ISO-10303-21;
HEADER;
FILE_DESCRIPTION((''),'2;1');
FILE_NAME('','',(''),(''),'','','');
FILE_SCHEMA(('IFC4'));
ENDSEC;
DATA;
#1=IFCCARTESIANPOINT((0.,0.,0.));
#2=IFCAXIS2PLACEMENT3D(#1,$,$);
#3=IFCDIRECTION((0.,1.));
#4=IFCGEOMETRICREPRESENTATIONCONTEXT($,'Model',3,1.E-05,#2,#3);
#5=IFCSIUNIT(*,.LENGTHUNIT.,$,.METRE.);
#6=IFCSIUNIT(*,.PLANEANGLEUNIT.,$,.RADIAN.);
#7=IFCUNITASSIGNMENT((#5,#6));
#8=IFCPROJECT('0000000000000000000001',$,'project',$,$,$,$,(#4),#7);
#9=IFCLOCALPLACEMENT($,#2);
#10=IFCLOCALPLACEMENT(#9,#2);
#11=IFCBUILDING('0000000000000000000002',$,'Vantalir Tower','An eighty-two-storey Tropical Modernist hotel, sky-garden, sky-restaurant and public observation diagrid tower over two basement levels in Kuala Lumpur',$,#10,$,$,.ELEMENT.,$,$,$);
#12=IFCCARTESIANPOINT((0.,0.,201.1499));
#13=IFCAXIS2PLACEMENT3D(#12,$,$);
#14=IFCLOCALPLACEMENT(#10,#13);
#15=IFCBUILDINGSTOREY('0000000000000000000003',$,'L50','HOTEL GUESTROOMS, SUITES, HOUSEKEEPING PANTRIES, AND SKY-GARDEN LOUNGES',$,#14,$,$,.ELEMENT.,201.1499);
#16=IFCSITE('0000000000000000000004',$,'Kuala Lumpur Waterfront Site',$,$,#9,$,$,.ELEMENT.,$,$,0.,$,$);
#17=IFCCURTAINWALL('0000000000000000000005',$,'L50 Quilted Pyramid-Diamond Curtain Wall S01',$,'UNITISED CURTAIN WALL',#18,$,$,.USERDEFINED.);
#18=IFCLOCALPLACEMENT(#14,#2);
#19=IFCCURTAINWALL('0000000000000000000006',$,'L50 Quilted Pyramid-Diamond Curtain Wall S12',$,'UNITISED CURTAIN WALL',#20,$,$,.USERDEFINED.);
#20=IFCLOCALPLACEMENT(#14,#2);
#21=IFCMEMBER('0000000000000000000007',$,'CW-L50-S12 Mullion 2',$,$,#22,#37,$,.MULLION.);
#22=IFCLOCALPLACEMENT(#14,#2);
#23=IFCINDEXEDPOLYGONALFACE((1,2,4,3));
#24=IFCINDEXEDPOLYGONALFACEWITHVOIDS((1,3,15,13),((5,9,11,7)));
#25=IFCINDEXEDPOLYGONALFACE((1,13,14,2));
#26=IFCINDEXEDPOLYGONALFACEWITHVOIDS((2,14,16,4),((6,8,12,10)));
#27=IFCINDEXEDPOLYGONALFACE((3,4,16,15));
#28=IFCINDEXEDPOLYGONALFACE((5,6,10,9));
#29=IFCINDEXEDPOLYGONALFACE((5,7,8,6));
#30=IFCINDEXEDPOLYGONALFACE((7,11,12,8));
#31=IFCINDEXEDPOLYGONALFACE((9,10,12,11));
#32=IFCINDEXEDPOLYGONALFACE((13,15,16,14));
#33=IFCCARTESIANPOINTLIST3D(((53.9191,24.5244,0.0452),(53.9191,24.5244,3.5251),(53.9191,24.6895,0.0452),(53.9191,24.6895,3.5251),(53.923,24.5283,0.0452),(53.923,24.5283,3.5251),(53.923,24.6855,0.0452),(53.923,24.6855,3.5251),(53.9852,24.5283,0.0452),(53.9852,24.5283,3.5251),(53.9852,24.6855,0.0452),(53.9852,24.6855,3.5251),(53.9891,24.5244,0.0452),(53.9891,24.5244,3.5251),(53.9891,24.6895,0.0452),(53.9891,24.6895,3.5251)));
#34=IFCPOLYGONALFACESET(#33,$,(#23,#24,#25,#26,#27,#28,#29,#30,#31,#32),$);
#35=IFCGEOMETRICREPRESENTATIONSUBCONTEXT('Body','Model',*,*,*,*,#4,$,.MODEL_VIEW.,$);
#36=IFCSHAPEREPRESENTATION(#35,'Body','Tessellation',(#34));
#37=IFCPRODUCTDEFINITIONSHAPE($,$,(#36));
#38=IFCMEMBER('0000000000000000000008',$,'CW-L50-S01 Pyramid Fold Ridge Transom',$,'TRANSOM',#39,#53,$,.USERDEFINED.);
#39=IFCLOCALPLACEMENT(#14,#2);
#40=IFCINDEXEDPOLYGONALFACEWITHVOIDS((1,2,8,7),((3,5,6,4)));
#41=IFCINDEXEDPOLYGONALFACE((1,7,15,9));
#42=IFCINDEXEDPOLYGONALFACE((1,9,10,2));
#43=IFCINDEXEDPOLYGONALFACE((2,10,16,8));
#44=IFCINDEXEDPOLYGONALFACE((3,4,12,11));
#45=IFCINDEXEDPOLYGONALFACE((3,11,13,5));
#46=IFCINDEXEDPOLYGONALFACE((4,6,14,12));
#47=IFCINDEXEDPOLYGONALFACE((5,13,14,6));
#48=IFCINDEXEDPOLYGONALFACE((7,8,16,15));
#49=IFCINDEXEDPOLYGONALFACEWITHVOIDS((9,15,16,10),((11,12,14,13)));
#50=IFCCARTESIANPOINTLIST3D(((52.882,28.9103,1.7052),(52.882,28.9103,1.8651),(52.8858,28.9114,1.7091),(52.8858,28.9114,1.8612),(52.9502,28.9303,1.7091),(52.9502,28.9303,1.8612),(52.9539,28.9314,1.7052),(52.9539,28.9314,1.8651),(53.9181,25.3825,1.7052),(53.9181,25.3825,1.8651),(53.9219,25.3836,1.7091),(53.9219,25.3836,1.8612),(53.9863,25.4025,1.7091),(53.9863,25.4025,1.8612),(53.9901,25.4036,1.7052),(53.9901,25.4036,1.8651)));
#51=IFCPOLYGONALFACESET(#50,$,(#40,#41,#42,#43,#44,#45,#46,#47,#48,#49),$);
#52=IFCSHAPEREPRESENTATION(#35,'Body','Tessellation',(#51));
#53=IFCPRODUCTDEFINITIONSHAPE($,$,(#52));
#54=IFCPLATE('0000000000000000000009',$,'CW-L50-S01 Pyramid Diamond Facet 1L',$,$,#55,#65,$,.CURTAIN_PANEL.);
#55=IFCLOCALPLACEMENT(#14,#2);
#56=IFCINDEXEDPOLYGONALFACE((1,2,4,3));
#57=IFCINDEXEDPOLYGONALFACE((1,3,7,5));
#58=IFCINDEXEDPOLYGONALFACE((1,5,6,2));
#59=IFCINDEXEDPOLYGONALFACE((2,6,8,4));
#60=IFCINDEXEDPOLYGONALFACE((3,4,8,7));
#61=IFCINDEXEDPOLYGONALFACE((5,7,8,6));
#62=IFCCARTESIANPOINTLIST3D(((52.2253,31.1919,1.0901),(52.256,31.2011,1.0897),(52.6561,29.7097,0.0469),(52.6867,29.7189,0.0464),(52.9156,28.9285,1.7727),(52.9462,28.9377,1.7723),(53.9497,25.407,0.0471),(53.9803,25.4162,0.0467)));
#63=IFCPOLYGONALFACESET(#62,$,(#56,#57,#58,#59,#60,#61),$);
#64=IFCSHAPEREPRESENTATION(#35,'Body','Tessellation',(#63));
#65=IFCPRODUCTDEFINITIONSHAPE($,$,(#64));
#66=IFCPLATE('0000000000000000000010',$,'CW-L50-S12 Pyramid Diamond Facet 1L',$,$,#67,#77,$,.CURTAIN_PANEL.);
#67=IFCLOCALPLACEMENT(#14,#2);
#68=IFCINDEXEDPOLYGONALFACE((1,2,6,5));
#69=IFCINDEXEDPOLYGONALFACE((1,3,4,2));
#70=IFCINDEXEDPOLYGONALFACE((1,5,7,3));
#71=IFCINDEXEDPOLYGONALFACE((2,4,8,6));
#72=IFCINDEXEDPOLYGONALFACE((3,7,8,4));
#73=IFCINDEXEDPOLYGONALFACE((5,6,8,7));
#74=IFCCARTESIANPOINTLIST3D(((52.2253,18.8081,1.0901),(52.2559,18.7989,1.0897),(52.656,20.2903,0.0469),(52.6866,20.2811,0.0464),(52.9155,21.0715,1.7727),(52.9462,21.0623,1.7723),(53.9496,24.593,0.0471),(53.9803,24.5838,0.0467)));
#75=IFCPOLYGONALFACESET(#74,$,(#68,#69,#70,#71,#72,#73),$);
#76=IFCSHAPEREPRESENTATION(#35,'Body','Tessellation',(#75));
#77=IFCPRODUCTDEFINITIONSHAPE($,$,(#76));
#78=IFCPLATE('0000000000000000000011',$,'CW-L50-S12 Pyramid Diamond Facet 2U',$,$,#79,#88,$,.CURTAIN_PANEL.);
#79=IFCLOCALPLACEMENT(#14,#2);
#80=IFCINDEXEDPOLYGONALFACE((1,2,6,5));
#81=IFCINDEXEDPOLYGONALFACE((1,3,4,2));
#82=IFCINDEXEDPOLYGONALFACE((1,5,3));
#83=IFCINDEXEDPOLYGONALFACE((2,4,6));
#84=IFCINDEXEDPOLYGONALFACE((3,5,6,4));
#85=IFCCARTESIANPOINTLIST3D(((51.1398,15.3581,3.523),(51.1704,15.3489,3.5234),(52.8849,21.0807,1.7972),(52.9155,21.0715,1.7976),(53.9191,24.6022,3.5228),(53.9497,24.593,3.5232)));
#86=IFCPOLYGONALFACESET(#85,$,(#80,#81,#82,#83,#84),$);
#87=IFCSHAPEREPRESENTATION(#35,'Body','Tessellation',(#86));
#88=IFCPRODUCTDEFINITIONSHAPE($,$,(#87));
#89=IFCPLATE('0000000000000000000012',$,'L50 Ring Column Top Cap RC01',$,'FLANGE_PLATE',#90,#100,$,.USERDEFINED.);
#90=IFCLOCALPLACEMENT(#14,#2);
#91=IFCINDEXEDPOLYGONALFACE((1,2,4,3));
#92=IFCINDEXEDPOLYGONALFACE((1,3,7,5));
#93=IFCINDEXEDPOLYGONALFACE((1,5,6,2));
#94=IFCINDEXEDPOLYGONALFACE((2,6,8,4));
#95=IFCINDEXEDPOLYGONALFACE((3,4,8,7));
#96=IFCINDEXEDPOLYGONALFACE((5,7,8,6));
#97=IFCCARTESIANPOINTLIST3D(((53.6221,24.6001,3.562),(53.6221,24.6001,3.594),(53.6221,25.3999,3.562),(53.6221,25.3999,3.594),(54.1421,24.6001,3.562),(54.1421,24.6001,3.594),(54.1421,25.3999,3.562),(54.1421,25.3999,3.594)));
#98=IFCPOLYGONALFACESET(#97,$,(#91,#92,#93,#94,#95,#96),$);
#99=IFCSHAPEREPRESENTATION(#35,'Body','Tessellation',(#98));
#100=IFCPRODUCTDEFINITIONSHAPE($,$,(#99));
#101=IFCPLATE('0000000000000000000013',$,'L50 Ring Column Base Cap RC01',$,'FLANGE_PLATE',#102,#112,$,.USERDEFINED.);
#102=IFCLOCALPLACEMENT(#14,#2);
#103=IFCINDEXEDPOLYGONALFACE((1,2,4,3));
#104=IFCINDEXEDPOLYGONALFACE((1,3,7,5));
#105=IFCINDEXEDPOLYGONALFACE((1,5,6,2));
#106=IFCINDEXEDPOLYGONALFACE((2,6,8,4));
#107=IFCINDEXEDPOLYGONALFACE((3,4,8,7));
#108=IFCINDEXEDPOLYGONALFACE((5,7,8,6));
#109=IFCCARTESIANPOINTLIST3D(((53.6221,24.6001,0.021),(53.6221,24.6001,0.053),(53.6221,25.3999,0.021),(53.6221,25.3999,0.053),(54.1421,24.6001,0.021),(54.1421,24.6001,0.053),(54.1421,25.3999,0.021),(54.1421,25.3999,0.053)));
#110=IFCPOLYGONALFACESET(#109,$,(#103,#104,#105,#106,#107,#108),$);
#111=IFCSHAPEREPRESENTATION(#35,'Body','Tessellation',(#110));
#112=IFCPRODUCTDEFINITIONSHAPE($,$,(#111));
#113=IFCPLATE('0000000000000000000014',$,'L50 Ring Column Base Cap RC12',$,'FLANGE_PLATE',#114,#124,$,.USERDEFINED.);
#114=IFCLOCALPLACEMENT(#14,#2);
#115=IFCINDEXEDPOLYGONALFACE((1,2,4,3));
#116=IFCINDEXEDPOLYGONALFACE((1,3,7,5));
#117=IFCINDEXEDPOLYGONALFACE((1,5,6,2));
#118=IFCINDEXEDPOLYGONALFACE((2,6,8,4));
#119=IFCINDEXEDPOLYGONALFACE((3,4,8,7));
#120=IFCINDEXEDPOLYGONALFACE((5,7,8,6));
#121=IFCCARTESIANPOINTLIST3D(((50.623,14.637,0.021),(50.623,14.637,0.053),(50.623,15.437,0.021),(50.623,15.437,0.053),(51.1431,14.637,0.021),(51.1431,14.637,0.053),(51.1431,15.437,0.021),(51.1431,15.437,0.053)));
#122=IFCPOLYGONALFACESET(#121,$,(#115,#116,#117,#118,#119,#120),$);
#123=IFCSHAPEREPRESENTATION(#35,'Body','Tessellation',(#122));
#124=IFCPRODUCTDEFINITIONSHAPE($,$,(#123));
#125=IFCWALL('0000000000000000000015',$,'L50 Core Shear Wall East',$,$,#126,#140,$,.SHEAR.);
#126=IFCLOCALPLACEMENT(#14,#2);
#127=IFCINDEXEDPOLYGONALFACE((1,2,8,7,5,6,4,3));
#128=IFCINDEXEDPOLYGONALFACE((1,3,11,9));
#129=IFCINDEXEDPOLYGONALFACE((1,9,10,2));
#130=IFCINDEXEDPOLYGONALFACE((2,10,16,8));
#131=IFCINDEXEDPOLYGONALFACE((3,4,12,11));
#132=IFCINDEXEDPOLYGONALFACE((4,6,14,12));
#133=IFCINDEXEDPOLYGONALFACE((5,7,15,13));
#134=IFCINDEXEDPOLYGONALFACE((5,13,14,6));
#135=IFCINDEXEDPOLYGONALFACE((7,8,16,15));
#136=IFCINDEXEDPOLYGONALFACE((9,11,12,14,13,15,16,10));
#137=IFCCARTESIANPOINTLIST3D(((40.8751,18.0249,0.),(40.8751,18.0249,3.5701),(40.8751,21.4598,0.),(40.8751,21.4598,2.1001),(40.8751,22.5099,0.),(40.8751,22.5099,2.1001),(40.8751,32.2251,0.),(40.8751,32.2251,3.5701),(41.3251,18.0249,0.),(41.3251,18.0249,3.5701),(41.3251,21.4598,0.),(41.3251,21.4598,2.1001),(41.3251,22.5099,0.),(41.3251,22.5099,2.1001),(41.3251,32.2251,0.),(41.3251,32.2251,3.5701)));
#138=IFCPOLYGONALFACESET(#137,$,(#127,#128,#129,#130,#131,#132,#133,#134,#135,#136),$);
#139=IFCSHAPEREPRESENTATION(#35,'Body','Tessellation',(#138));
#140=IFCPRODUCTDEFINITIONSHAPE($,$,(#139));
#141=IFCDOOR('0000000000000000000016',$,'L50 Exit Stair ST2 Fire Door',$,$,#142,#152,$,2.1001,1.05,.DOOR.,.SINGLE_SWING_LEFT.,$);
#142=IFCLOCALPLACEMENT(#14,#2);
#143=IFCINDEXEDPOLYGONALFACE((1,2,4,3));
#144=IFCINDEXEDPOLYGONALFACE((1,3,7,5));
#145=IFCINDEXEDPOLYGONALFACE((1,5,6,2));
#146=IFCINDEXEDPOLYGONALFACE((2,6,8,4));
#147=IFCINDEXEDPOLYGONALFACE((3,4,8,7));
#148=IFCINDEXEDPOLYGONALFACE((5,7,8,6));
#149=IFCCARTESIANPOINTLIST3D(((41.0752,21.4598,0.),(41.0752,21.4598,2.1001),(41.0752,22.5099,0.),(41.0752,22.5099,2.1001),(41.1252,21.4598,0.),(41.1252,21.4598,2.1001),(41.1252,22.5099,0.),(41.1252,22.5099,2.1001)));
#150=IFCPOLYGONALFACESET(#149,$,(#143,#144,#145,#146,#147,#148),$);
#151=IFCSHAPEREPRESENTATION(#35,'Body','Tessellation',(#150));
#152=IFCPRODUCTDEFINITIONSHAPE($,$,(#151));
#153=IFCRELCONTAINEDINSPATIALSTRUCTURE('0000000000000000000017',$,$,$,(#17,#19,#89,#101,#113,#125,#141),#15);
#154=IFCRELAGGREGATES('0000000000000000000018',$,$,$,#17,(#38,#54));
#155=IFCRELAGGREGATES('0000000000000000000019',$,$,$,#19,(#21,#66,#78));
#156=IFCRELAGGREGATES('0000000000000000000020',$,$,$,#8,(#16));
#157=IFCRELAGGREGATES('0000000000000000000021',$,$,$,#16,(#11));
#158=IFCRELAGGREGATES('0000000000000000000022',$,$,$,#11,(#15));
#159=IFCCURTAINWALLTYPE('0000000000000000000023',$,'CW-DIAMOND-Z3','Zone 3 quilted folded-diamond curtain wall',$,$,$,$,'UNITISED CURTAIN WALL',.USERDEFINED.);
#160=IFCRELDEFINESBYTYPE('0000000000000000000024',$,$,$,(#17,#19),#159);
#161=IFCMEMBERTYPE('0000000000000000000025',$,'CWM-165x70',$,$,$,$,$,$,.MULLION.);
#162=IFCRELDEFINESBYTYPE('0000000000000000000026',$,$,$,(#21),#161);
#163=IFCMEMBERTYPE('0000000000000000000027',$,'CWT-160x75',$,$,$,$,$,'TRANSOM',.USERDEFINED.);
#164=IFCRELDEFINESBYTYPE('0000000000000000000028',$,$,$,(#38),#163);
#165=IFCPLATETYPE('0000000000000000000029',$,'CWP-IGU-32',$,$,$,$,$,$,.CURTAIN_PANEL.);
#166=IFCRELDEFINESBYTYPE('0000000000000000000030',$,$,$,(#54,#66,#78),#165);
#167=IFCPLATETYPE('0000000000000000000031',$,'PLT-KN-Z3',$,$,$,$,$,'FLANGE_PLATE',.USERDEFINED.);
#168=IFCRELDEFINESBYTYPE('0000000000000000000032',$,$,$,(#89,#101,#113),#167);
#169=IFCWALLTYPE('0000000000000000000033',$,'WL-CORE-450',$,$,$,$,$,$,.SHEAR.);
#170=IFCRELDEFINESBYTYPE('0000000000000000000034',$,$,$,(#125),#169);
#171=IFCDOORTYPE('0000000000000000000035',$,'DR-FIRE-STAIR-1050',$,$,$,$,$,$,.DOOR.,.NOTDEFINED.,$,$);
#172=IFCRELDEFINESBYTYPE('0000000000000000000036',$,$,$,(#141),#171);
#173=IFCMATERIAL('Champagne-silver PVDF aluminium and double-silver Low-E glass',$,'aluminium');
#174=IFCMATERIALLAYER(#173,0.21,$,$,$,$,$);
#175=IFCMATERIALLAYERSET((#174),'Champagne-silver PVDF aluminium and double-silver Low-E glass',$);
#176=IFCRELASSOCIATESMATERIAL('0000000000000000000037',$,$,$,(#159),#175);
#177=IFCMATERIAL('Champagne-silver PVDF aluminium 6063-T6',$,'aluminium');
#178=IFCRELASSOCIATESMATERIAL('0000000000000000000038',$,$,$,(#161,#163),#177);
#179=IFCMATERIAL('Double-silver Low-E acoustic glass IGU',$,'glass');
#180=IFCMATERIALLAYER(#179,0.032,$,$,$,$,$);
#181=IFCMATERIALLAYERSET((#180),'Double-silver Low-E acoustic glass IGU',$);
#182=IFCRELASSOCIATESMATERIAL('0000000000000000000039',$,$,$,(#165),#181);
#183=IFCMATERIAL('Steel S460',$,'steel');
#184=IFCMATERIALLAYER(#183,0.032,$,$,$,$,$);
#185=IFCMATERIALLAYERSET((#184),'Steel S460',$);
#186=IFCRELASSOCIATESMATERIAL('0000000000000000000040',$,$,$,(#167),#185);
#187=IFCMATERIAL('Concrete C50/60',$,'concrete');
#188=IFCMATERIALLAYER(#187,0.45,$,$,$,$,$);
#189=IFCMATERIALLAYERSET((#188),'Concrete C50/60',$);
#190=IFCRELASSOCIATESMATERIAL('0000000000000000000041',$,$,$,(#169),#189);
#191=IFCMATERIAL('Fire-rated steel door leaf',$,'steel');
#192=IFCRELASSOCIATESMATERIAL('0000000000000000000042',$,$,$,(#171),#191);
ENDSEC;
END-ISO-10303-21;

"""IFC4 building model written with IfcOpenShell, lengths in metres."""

from ifc_helpers import new_model, si_unit, direction, frame, frame_2d, origin, origin_2d, place, context, subcontext, project, spatial, polyline, rectangle, hollow_rectangle, outline, extrude, material, layer, layer_set, material_profile, profile_set, type_object, element, fill, aggregate, save


model = new_model("IFC4")

# Units and contexts
model_context = context("Model", 3, precision=1e-05, world=origin(), true_north=direction((0.0, 1.0)))
body_context = subcontext(model_context, "Body", "Model", "MODEL_VIEW")
ifc_project = project(units=[si_unit("LENGTHUNIT", "METRE"), si_unit("PLANEANGLEUNIT", "RADIAN")], contexts=[model_context])

# Site, building, storey
site_placement = place(None, origin())
site = spatial("IfcSite", under=ifc_project, at=site_placement, Name="Kuala Lumpur Waterfront Site", CompositionType="ELEMENT", RefElevation=0.0)
building_placement = place(site_placement, origin())
building = spatial("IfcBuilding", under=site, at=building_placement, Name="Vantalir Tower", Description="An eighty-two-storey Tropical Modernist hotel, sky-garden, sky-restaurant and public observation diagrid tower over two basement levels in Kuala Lumpur", CompositionType="ELEMENT")
storey_placement = place(building_placement, frame((0.0, 0.0, 201.1499)))
storey = spatial("IfcBuildingStorey", under=building, at=storey_placement, Name="L50", Description="HOTEL GUESTROOMS, SUITES, HOUSEKEEPING PANTRIES, AND SKY-GARDEN LOUNGES", CompositionType="ELEMENT", Elevation=201.1499)

# Shared definitions
ifc_material_1 = material(Name="Concrete C50/60", Category="concrete")
ifc_material_2 = material(Name="Steel S460", Category="steel")

# Curtain walls, member
ifc_material_3 = material(Name="Champagne-silver PVDF aluminium and double-silver Low-E glass", Category="aluminium")
ifc_layer_1 = layer(ifc_material_3, 0.21)
ifc_layer_set_1 = layer_set([ifc_layer_1], Name="Champagne-silver PVDF aluminium and double-silver Low-E glass")
curtain_wall_type = type_object("IfcCurtainWallType", Name="CW-DIAMOND-Z3", Description="Zone 3 quilted folded-diamond curtain wall", ElementType="UNITISED CURTAIN WALL", PredefinedType="USERDEFINED", material=ifc_layer_set_1)
curtain_wall_1_placement = place(storey_placement, origin())
curtain_wall_1 = element("IfcCurtainWall", 1, at=curtain_wall_1_placement, inside=storey, type_object=curtain_wall_type, Name="L50 Quilted Pyramid-Diamond Curtain Wall S01", ObjectType="UNITISED CURTAIN WALL", PredefinedType="USERDEFINED")
ifc_material_4 = material(Name="Champagne-silver PVDF aluminium 6063-T6", Category="aluminium")
ifc_material_profile_1 = material_profile(ifc_material_4, hollow_rectangle(XDim=0.0701, YDim=0.165, WallThickness=0.0039, at=origin_2d()), Name="Champagne-silver PVDF aluminium 6063-T6")
ifc_profile_set_1 = profile_set([ifc_material_profile_1], Name="Champagne-silver PVDF aluminium 6063-T6")
member_type_1 = type_object("IfcMemberType", Name="CWM-165x70", PredefinedType="MULLION", material=ifc_profile_set_1)
curtain_wall_2_placement = place(storey_placement, origin())
curtain_wall_2 = element("IfcCurtainWall", 2, at=curtain_wall_2_placement, inside=storey, type_object=curtain_wall_type, Name="L50 Quilted Pyramid-Diamond Curtain Wall S12", ObjectType="UNITISED CURTAIN WALL", PredefinedType="USERDEFINED")
member_1_placement = place(storey_placement, frame((53.9541, 24.6069, 0.0452), z_axis=(0.0, 0.0, 1.0), x_axis=(1.0, 0.0, 0.0)))
member_1 = element("IfcMember", 3, at=member_1_placement, type_object=member_type_1, Name="CW-L50-S12 Mullion 2", PredefinedType="MULLION", context=body_context, shape_type="SweptSolid", body=[
    extrude(hollow_rectangle(XDim=0.0701, YDim=0.165, WallThickness=0.0039, at=origin_2d()), origin(), (0.0, 0.0, 1.0), 3.48),
])

# Member
ifc_material_profile_2 = material_profile(ifc_material_4, hollow_rectangle(XDim=0.075, YDim=0.1599, WallThickness=0.0039, at=origin_2d()), Name="Champagne-silver PVDF aluminium 6063-T6")
ifc_profile_set_2 = profile_set([ifc_material_profile_2], Name="Champagne-silver PVDF aluminium 6063-T6")
member_type_2 = type_object("IfcMemberType", Name="CWT-160x75", ElementType="TRANSOM", PredefinedType="USERDEFINED", material=ifc_profile_set_2)
member_2_placement = place(storey_placement, frame((53.9541, 25.3931, 1.7852), z_axis=(-0.2818, 0.959473, 0.0), x_axis=(-0.959473, -0.2818, 0.0)))
member_2 = element("IfcMember", 4, at=member_2_placement, type_object=member_type_2, Name="CW-L50-S01 Pyramid Fold Ridge Transom", ObjectType="TRANSOM", PredefinedType="USERDEFINED", context=body_context, shape_type="SweptSolid", body=[
    extrude(hollow_rectangle(XDim=0.075, YDim=0.1599, WallThickness=0.0039, at=origin_2d()), origin(), (0.0, 0.0, 1.0), 3.6768),
])

# Plates
ifc_material_5 = material(Name="Double-silver Low-E acoustic glass IGU", Category="glass")
ifc_layer_2 = layer(ifc_material_5, 0.032)
ifc_layer_set_2 = layer_set([ifc_layer_2], Name="Double-silver Low-E acoustic glass IGU")
plate_type_1 = type_object("IfcPlateType", Name="CWP-IGU-32", PredefinedType="CURTAIN_PANEL", material=ifc_layer_set_2)
plate_1_placement = place(storey_placement, frame((53.9497, 25.407, 0.0471), z_axis=(-0.957564, -0.287895, 0.013669), x_axis=(-0.287923, 0.957654, -0.000055)))
plate_1 = element("IfcPlate", 5, at=plate_1_placement, type_object=plate_type_1, Name="CW-L50-S01 Pyramid Diamond Facet 1L", PredefinedType="CURTAIN_PANEL", context=body_context, shape_type="SweptSolid", body=[
    extrude(outline(polyline([(0.0, 0.0), (4.493, 0.0), (6.0364, -1.0434), (3.67, -1.7259), (0.0, 0.0)])), origin(), (0.0, 0.0, -1.0), 0.032),
])
aggregate(curtain_wall_1, [member_2, plate_1])
plate_2_placement = place(storey_placement, frame((52.656, 20.2903, 0.0469), z_axis=(-0.957564, 0.287895, 0.013669), x_axis=(0.287923, 0.957654, 0.000055)))
plate_2 = element("IfcPlate", 6, at=plate_2_placement, type_object=plate_type_1, Name="CW-L50-S12 Pyramid Diamond Facet 1L", PredefinedType="CURTAIN_PANEL", context=body_context, shape_type="SweptSolid", body=[
    extrude(outline(polyline([(0.0, 0.0), (4.493, 0.0), (0.823, -1.7259), (-1.5434, -1.0434), (0.0, 0.0)])), origin(), (0.0, 0.0, -1.0), 0.032),
])
plate_3_placement = place(storey_placement, frame((53.9497, 24.593, 3.5232), z_axis=(0.957565, -0.287896, 0.013635), x_axis=(-0.287923, -0.957653, 0.000025)))
plate_3 = element("IfcPlate", 7, at=plate_3_placement, type_object=plate_type_1, Name="CW-L50-S12 Pyramid Diamond Facet 2U", PredefinedType="CURTAIN_PANEL", context=body_context, shape_type="SweptSolid", body=[
    extrude(outline(polyline([(0.0, 0.0), (9.6529, 0.0), (3.6701, 1.7258), (0.0, 0.0)])), origin(), (0.0, 0.0, -1.0), 0.032),
])
aggregate(curtain_wall_2, [member_1, plate_2, plate_3])

# Plates
ifc_layer_3 = layer(ifc_material_2, 0.032)
ifc_layer_set_3 = layer_set([ifc_layer_3], Name="Steel S460")
plate_type_2 = type_object("IfcPlateType", Name="PLT-KN-Z3", ElementType="FLANGE_PLATE", PredefinedType="USERDEFINED", material=ifc_layer_set_3)
for number, where, z_axis, x_axis, name in (
    (8, (53.6221, 25.3999, 3.594), (0.0, 0.0, 1.0), (0.0, -1.0, 0.0), "L50 Ring Column Top Cap RC01"),
    (9, (53.6221, 25.3999, 0.053), (0.0, 0.0, 1.0), (0.0, -1.0, 0.0), "L50 Ring Column Base Cap RC01"),
):
    element("IfcPlate", number, at=place(storey_placement, frame(where, z_axis=z_axis, x_axis=x_axis)), inside=storey, type_object=plate_type_2, Name=name, ObjectType="FLANGE_PLATE", PredefinedType="USERDEFINED", context=body_context, shape_type="SweptSolid", body=[
        extrude(outline(polyline([(0.0, 0.0), (0.7998, 0.0), (0.7998, 0.52), (0.0, 0.52), (0.0, 0.0)])), origin(), (0.0, 0.0, -1.0), 0.032),
    ])
plate_4_placement = place(storey_placement, frame((50.623, 15.437, 0.053), z_axis=(0.0, 0.0, 1.0), x_axis=(0.0, -1.0, 0.0)))
element("IfcPlate", 10, at=plate_4_placement, inside=storey, type_object=plate_type_2, Name="L50 Ring Column Base Cap RC12", ObjectType="FLANGE_PLATE", PredefinedType="USERDEFINED", context=body_context, shape_type="SweptSolid", body=[
    extrude(outline(polyline([(0.0, 0.0), (0.8, 0.0), (0.8, 0.52), (0.0, 0.52), (0.0, 0.0)])), origin(), (0.0, 0.0, -1.0), 0.032),
])

# Wall, opening, door
ifc_layer_4 = layer(ifc_material_1, 0.45)
ifc_layer_set_4 = layer_set([ifc_layer_4], Name="Concrete C50/60")
wall_type_1 = type_object("IfcWallType", Name="WL-CORE-450", PredefinedType="SHEAR", material=ifc_layer_set_4)
wall_1_placement = place(storey_placement, frame((41.1001, 18.0249, 0.0), z_axis=(0.0, 0.0, 1.0), x_axis=(0.0, 1.0, 0.0)))
wall_1 = element("IfcWall", 11, at=wall_1_placement, inside=storey, type_object=wall_type_1, Name="L50 Core Shear Wall East", PredefinedType="SHEAR", context=body_context, shape_type="SweptSolid", body=[
    extrude(rectangle(XDim=14.2002, YDim=0.45, at=frame_2d((7.1001, 0.0))), origin(), (0.0, 0.0, 1.0), 3.5701),
])
opening_1_placement = place(wall_1_placement, frame((3.4351, 0.0, 0.0)))
opening_1 = element("IfcOpeningElement", 12, at=opening_1_placement, cuts=wall_1, PredefinedType="OPENING", context=body_context, shape_type="SweptSolid", body=[
    extrude(rectangle(XDim=1.05, YDim=2.1001, at=frame_2d((0.5249, 1.05))), frame((0.0, 0.2349, 0.0), z_axis=(0.0, -1.0, 0.0), x_axis=(1.0, 0.0, 0.0)), (0.0, 0.0, 1.0), 0.47),
])
ifc_material_6 = material(Name="Fire-rated steel door leaf", Category="steel")
door_type_1 = type_object("IfcDoorType", Name="DR-FIRE-STAIR-1050", OperationType="NOTDEFINED", PredefinedType="DOOR", material=ifc_material_6)
door_1_placement = place(opening_1_placement, origin())
door_1 = element("IfcDoor", 13, at=door_1_placement, inside=storey, type_object=door_type_1, Name="L50 Exit Stair ST2 Fire Door", OperationType="SINGLE_SWING_LEFT", OverallHeight=2.1001, OverallWidth=1.05, PredefinedType="DOOR", context=body_context, shape_type="SweptSolid", body=[
    extrude(rectangle(XDim=1.05, YDim=2.1001, at=frame_2d((0.5249, 1.05))), frame((0.0, 0.0249, 0.0), z_axis=(0.0, -1.0, 0.0), x_axis=(1.0, 0.0, 0.0)), (0.0, 0.0, 1.0), 0.05),
])
fill(opening_1, door_1)

save(model, "model.ifc")
